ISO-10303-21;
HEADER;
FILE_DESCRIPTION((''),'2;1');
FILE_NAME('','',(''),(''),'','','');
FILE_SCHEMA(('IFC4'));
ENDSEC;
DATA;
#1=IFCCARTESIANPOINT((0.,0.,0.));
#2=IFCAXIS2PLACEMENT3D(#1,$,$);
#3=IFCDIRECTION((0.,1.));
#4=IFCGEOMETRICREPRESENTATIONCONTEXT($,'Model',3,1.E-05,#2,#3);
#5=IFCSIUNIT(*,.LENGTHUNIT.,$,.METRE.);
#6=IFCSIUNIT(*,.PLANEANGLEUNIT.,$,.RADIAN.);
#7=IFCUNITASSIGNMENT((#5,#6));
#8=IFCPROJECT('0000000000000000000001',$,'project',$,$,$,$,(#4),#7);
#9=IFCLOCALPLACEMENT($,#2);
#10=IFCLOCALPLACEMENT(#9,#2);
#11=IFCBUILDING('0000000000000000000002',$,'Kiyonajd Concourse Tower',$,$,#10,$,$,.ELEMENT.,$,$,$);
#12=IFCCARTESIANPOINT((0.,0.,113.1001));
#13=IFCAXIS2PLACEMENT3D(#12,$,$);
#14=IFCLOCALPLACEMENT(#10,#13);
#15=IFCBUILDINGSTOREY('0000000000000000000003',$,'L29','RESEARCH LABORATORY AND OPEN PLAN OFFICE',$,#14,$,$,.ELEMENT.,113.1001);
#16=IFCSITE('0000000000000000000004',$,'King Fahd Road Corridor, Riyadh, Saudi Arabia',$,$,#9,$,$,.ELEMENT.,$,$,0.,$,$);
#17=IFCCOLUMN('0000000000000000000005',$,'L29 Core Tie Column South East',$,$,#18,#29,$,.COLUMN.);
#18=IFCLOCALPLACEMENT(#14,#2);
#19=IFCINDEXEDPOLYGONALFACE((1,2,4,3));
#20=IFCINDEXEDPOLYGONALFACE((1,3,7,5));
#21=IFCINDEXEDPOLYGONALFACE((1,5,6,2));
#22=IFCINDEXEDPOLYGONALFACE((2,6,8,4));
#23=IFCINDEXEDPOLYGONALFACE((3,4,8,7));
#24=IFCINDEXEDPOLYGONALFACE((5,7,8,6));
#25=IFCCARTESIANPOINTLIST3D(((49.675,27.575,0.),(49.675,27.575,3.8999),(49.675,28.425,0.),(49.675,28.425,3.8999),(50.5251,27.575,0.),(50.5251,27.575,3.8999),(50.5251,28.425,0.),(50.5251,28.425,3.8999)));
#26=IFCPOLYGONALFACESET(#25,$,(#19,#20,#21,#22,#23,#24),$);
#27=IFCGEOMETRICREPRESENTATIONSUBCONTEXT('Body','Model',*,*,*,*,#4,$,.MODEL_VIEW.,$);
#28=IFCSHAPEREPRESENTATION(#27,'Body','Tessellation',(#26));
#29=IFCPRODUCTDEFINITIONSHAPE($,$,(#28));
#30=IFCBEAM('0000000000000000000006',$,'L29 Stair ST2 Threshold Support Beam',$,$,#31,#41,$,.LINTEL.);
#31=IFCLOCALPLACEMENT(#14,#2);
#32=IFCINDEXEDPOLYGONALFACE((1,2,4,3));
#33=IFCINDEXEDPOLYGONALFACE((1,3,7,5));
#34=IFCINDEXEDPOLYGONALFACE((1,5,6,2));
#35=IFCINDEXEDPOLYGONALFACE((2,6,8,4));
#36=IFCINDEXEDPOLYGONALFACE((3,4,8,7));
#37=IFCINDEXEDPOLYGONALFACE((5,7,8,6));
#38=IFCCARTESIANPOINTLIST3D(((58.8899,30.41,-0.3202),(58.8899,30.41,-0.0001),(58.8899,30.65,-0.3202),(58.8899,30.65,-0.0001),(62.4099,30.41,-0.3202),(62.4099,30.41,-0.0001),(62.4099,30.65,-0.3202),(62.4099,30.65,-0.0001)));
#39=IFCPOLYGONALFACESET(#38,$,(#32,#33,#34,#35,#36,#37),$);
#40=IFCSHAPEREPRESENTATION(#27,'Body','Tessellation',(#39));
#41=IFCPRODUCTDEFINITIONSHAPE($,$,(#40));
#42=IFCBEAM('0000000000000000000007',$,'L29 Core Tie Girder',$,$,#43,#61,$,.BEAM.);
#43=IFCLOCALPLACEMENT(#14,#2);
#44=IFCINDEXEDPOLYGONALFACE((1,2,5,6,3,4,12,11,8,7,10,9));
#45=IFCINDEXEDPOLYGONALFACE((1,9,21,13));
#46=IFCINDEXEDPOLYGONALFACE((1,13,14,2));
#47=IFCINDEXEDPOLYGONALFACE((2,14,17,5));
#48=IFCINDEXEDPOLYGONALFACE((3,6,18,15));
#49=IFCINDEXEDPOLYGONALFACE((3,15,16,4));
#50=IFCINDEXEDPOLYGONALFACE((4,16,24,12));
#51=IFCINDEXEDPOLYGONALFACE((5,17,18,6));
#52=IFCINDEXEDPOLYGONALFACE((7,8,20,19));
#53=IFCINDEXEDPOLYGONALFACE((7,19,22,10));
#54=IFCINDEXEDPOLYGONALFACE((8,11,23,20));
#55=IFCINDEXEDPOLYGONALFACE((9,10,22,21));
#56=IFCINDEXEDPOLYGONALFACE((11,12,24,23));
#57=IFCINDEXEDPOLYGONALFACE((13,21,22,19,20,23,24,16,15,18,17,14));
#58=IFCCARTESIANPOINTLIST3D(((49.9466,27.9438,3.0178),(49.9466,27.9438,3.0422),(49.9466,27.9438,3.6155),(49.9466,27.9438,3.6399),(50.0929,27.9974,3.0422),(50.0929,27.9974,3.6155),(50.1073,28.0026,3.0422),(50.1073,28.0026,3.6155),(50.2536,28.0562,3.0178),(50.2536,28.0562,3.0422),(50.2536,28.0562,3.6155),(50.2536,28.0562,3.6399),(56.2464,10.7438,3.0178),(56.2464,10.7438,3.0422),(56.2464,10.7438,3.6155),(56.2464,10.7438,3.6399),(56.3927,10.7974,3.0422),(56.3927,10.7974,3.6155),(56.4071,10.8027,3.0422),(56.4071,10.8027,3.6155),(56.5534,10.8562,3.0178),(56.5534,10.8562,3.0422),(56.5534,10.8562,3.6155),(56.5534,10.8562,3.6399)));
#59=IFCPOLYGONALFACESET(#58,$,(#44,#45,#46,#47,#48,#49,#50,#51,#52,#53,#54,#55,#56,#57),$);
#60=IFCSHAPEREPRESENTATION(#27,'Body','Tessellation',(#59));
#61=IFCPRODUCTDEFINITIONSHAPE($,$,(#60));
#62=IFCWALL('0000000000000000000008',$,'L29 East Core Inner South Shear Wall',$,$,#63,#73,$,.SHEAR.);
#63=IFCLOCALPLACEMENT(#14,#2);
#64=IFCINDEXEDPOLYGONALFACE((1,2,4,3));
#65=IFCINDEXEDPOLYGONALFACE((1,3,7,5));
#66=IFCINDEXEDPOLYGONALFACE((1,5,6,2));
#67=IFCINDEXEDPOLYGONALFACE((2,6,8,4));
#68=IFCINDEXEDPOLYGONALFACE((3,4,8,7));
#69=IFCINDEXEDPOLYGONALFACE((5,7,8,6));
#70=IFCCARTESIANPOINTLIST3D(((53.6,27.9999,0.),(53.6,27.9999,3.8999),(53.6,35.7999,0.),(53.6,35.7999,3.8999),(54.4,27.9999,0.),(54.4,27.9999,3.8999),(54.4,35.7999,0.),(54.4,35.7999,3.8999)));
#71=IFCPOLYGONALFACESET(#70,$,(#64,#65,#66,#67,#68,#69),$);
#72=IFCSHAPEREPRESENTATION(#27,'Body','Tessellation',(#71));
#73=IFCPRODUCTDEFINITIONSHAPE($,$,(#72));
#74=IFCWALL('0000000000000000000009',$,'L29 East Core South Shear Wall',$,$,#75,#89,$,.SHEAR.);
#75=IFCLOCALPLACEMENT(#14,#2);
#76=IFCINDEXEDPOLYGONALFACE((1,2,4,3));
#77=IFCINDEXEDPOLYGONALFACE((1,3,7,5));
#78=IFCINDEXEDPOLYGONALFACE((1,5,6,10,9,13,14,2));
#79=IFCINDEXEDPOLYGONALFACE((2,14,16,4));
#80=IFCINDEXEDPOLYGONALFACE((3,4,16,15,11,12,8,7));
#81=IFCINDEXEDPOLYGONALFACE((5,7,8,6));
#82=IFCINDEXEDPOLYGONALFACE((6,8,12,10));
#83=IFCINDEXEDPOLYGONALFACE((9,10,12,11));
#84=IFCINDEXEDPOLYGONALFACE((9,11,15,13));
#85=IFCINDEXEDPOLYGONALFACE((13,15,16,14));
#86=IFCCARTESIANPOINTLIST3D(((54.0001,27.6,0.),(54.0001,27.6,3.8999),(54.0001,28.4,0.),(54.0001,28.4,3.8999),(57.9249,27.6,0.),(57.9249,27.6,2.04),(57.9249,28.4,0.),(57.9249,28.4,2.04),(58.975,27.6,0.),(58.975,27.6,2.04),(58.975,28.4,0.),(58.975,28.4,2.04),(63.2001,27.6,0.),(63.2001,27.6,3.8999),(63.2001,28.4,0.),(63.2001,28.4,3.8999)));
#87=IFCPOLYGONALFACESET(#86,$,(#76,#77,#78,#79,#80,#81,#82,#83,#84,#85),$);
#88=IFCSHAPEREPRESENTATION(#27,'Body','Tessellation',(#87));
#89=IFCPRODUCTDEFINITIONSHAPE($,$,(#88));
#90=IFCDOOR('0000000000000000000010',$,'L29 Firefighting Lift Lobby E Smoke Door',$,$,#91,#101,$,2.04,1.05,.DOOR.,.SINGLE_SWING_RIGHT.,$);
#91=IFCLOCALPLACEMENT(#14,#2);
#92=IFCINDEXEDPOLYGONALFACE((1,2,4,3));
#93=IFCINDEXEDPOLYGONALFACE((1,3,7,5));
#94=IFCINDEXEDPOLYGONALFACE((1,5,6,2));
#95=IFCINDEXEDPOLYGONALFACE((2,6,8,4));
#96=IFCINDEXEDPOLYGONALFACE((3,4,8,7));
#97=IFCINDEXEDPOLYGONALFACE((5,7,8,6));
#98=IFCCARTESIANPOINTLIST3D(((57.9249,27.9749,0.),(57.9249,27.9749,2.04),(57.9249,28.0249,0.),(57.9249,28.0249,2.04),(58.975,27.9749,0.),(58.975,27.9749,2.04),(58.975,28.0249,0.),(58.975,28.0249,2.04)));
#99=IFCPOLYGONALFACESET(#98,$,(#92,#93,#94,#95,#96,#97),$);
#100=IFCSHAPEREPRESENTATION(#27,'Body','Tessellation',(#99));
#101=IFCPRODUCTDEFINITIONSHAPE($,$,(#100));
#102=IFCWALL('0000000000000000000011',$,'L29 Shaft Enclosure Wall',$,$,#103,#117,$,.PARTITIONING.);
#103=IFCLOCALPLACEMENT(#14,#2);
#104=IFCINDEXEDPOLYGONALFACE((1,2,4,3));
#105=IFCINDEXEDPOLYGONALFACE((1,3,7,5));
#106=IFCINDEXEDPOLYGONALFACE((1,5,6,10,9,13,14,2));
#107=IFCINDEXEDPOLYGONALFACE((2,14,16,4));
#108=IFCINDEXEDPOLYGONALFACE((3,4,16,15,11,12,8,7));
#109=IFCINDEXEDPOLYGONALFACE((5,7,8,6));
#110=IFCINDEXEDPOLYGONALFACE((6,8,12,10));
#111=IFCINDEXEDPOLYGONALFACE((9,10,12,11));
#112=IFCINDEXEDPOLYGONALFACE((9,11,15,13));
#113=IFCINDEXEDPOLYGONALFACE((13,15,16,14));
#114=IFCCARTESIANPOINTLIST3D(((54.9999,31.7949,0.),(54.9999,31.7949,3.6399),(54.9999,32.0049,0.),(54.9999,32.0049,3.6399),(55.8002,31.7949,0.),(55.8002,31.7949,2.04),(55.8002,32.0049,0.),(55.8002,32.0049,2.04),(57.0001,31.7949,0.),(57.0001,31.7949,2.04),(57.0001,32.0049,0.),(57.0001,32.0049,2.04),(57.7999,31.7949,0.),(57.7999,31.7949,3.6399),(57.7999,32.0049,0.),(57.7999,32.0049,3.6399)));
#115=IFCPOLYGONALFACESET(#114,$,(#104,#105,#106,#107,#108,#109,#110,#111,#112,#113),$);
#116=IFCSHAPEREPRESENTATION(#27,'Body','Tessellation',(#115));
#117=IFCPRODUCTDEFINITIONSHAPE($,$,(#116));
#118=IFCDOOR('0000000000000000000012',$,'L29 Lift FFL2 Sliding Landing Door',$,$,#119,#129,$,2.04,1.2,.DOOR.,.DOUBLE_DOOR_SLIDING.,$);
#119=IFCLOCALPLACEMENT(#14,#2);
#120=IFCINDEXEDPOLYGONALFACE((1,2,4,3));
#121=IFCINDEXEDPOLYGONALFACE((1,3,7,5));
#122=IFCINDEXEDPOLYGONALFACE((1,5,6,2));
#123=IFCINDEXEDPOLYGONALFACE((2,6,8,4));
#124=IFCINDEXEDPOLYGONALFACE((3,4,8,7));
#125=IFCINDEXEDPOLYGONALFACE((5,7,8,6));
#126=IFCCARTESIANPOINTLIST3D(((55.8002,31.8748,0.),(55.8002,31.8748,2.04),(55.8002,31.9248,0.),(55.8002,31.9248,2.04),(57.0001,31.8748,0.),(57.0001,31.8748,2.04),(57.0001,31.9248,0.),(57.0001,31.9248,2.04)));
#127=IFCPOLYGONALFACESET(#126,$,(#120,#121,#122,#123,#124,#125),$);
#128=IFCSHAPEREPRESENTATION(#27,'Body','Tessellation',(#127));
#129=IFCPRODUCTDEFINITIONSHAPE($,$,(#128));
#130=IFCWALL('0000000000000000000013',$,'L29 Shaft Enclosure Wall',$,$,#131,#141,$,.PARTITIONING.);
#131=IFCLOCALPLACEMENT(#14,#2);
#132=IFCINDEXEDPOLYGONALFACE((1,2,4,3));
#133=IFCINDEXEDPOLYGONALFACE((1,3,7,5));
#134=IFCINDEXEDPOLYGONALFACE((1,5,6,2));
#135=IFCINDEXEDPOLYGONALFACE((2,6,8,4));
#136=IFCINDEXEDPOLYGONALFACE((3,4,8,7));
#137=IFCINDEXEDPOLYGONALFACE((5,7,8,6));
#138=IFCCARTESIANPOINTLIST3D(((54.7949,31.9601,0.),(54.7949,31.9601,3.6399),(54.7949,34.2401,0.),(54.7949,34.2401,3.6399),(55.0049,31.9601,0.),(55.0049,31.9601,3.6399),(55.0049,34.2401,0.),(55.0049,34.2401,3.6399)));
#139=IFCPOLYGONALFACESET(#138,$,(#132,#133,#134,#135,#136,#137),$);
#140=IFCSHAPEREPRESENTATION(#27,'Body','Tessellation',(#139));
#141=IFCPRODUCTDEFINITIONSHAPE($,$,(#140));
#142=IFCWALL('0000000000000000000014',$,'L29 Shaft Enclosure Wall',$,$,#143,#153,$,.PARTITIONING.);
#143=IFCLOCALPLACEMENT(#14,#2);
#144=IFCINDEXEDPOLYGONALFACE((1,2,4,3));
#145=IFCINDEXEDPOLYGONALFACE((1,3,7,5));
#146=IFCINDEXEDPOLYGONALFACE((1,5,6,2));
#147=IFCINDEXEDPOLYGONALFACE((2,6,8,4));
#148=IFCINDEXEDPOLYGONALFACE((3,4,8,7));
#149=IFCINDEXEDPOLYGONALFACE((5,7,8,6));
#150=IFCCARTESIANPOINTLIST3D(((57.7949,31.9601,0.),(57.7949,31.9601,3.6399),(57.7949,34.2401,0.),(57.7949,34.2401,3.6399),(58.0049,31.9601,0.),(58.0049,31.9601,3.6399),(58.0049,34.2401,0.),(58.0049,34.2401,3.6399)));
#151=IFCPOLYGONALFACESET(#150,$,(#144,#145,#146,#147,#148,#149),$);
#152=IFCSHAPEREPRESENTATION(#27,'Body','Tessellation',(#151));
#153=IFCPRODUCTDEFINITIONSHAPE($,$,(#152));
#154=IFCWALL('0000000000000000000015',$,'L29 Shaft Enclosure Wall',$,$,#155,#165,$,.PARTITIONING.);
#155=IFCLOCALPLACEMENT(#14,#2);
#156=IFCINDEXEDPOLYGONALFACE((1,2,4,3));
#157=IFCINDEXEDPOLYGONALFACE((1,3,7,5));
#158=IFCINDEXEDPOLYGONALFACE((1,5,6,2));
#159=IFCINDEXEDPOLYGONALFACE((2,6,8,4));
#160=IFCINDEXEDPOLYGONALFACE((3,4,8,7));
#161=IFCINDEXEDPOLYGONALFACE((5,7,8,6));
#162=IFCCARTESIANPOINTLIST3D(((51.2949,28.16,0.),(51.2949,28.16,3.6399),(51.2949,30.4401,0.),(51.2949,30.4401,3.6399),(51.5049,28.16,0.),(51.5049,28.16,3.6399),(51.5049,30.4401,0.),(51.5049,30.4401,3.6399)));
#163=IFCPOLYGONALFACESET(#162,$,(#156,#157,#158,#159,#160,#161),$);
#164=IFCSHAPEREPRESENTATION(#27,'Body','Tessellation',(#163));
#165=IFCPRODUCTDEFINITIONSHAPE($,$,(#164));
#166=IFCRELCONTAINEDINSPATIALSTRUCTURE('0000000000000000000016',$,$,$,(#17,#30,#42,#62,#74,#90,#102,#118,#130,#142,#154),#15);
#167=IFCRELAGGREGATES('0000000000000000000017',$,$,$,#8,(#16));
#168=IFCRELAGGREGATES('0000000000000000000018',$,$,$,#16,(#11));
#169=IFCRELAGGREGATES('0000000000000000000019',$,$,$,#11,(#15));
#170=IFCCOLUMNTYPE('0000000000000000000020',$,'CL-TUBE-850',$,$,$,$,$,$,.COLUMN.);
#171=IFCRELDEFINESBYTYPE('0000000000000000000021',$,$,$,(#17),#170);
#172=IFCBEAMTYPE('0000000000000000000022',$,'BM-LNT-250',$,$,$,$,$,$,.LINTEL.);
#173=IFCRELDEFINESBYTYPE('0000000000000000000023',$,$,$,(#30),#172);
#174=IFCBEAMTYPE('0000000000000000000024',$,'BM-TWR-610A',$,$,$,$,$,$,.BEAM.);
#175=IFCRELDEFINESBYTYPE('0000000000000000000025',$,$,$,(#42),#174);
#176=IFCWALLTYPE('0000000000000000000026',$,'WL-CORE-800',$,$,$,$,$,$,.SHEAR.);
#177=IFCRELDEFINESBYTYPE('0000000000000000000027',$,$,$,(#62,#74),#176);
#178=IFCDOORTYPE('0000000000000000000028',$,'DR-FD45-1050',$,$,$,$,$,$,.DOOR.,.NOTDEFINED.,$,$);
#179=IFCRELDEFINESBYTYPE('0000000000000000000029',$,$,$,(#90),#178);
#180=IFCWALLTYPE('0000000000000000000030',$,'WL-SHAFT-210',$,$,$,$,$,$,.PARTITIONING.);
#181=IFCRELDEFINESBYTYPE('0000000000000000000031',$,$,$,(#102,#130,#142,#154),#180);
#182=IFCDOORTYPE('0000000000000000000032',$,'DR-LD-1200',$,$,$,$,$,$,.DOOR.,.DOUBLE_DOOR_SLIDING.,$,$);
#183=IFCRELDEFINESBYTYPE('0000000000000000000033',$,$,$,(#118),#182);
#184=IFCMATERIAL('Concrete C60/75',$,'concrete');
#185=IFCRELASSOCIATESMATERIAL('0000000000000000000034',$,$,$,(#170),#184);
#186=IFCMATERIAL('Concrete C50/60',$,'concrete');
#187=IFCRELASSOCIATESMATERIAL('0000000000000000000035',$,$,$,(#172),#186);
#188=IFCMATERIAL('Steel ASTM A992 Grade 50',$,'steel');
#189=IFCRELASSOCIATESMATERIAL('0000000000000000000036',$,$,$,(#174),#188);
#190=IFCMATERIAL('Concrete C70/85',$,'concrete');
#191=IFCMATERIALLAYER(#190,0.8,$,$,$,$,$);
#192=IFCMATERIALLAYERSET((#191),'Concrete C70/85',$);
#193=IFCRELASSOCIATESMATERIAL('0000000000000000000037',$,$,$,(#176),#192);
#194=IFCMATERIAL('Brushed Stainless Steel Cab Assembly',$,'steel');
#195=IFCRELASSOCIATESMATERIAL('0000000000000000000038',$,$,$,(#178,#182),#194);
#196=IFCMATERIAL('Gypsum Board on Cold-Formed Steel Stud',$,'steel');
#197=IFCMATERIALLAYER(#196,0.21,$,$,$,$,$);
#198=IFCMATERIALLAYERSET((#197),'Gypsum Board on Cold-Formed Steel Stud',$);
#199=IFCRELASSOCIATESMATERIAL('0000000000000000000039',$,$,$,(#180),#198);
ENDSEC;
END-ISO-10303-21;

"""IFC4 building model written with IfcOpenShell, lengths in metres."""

from ifc_helpers import new_model, si_unit, direction, frame, frame_2d, origin, origin_2d, place, context, subcontext, project, spatial, rectangle, i_section, extrude, material, layer, layer_set, material_profile, profile_set, type_object, element, fill, save


model = new_model("IFC4")

# Units and contexts
model_context = context("Model", 3, precision=1e-05, world=origin(), true_north=direction((0.0, 1.0)))
body_context = subcontext(model_context, "Body", "Model", "MODEL_VIEW")
ifc_project = project(units=[si_unit("LENGTHUNIT", "METRE"), si_unit("PLANEANGLEUNIT", "RADIAN")], contexts=[model_context])

# Site, building, storey
site_placement = place(None, origin())
site = spatial("IfcSite", under=ifc_project, at=site_placement, Name="King Fahd Road Corridor, Riyadh, Saudi Arabia", CompositionType="ELEMENT", RefElevation=0.0)
building_placement = place(site_placement, origin())
building = spatial("IfcBuilding", under=site, at=building_placement, Name="Kiyonajd Concourse Tower", CompositionType="ELEMENT")
storey_placement = place(building_placement, frame((0.0, 0.0, 113.1001)))
storey = spatial("IfcBuildingStorey", under=building, at=storey_placement, Name="L29", Description="RESEARCH LABORATORY AND OPEN PLAN OFFICE", CompositionType="ELEMENT", Elevation=113.1001)

# Column
ifc_material_1 = material(Name="Concrete C60/75", Category="concrete")
ifc_material_profile_1 = material_profile(ifc_material_1, rectangle(XDim=0.8501, YDim=0.8501, at=origin_2d()), Name="RC-850x850")
ifc_profile_set_1 = profile_set([ifc_material_profile_1], Name="Concrete C60/75")
column_type = type_object("IfcColumnType", Name="CL-TUBE-850", PredefinedType="COLUMN", material=ifc_profile_set_1)
column_placement = place(storey_placement, frame((50.1001, 28.0, 0.0), z_axis=(0.0, 0.0, 1.0), x_axis=(1.0, 0.0, 0.0)))
element("IfcColumn", 1, at=column_placement, inside=storey, type_object=column_type, Name="L29 Core Tie Column South East", PredefinedType="COLUMN", context=body_context, shape_type="SweptSolid", body=[
    extrude(rectangle(XDim=0.8501, YDim=0.8501, at=origin_2d()), origin(), (0.0, 0.0, 1.0), 3.8999),
])

# Beams
ifc_material_2 = material(Name="Concrete C50/60", Category="concrete")
ifc_material_profile_2 = material_profile(ifc_material_2, rectangle(XDim=0.24, YDim=0.3201, at=origin_2d()), Name="RCBM-240x320")
ifc_profile_set_2 = profile_set([ifc_material_profile_2], Name="Concrete C50/60")
beam_type_1 = type_object("IfcBeamType", Name="BM-LNT-250", PredefinedType="LINTEL", material=ifc_profile_set_2)
beam_1_placement = place(storey_placement, frame((58.8899, 30.53, -0.1602), z_axis=(1.0, 0.0, 0.0), x_axis=(0.0, 1.0, 0.0)))
element("IfcBeam", 2, at=beam_1_placement, inside=storey, type_object=beam_type_1, Name="L29 Stair ST2 Threshold Support Beam", PredefinedType="LINTEL", context=body_context, shape_type="SweptSolid", body=[
    extrude(rectangle(XDim=0.24, YDim=0.3201, at=origin_2d()), origin(), (0.0, 0.0, 1.0), 3.52),
])
ifc_material_3 = material(Name="Steel ASTM A992 Grade 50", Category="steel")
ifc_material_profile_3 = material_profile(ifc_material_3, i_section(OverallWidth=0.3269, OverallDepth=0.6221, WebThickness=0.0154, FlangeThickness=0.0244, at=origin_2d()), Name="W610X195")
ifc_profile_set_3 = profile_set([ifc_material_profile_3], Name="Steel ASTM A992 Grade 50")
beam_type_2 = type_object("IfcBeamType", Name="BM-TWR-610A", PredefinedType="BEAM", material=ifc_profile_set_3)
beam_2_placement = place(storey_placement, frame((50.1001, 28.0, 3.3289), z_axis=(0.343925, -0.938997, 0.0), x_axis=(0.938997, 0.343925, 0.0)))
element("IfcBeam", 3, at=beam_2_placement, inside=storey, type_object=beam_type_2, Name="L29 Core Tie Girder", PredefinedType="BEAM", context=body_context, shape_type="SweptSolid", body=[
    extrude(i_section(OverallWidth=0.3269, OverallDepth=0.6221, WebThickness=0.0154, FlangeThickness=0.0244, at=origin_2d()), origin(), (0.0, 0.0, 1.0), 18.3174),
])

# Wall
ifc_material_4 = material(Name="Concrete C70/85", Category="concrete")
ifc_layer_1 = layer(ifc_material_4, 0.8)
ifc_layer_set_1 = layer_set([ifc_layer_1], Name="Concrete C70/85")
wall_type_1 = type_object("IfcWallType", Name="WL-CORE-800", PredefinedType="SHEAR", material=ifc_layer_set_1)
wall_1_placement = place(storey_placement, frame((54.0, 28.0, 0.0), z_axis=(0.0, 0.0, 1.0), x_axis=(0.0, 1.0, 0.0)))
element("IfcWall", 4, at=wall_1_placement, inside=storey, type_object=wall_type_1, Name="L29 East Core Inner South Shear Wall", PredefinedType="SHEAR", context=body_context, shape_type="SweptSolid", body=[
    extrude(rectangle(XDim=7.8, YDim=0.8, at=frame_2d((3.8999, 0.0))), origin(), (0.0, 0.0, 1.0), 3.8999),
])

# Walls, openings, doors
wall_2_placement = place(storey_placement, frame((54.0, 28.0, 0.0), z_axis=(0.0, 0.0, 1.0), x_axis=(1.0, 0.0, 0.0)))
wall_2 = element("IfcWall", 5, at=wall_2_placement, inside=storey, type_object=wall_type_1, Name="L29 East Core South Shear Wall", PredefinedType="SHEAR", context=body_context, shape_type="SweptSolid", body=[
    extrude(rectangle(XDim=9.2, YDim=0.8, at=frame_2d((4.6001, 0.0))), origin(), (0.0, 0.0, 1.0), 3.8999),
])
opening_1_placement = place(wall_2_placement, frame((3.925, 0.0, 0.0)))
opening_1 = element("IfcOpeningElement", 6, at=opening_1_placement, cuts=wall_2, PredefinedType="OPENING", context=body_context, shape_type="SweptSolid", body=[
    extrude(rectangle(XDim=1.05, YDim=2.04, at=frame_2d((0.5249, 1.02))), frame((0.0, 0.4099, 0.0), z_axis=(0.0, -1.0, 0.0), x_axis=(1.0, 0.0, 0.0)), (0.0, 0.0, 1.0), 0.8201),
])
ifc_material_5 = material(Name="Brushed Stainless Steel Cab Assembly", Category="steel")
door_type_1 = type_object("IfcDoorType", Name="DR-FD45-1050", OperationType="NOTDEFINED", PredefinedType="DOOR", material=ifc_material_5)
door_1_placement = place(opening_1_placement, origin())
door_1 = element("IfcDoor", 7, at=door_1_placement, inside=storey, type_object=door_type_1, Name="L29 Firefighting Lift Lobby E Smoke Door", OperationType="SINGLE_SWING_RIGHT", OverallHeight=2.04, OverallWidth=1.05, PredefinedType="DOOR", context=body_context, shape_type="SweptSolid", body=[
    extrude(rectangle(XDim=1.05, YDim=2.04, at=frame_2d((0.5249, 1.02))), frame((0.0, 0.0249, 0.0), z_axis=(0.0, -1.0, 0.0), x_axis=(1.0, 0.0, 0.0)), (0.0, 0.0, 1.0), 0.05),
])
fill(opening_1, door_1)
ifc_material_6 = material(Name="Gypsum Board on Cold-Formed Steel Stud", Category="steel")
ifc_layer_2 = layer(ifc_material_6, 0.21)
ifc_layer_set_2 = layer_set([ifc_layer_2], Name="Gypsum Board on Cold-Formed Steel Stud")
wall_type_2 = type_object("IfcWallType", Name="WL-SHAFT-210", PredefinedType="PARTITIONING", material=ifc_layer_set_2)
wall_3_placement = place(storey_placement, frame((55.0, 31.8999, 0.0), z_axis=(0.0, 0.0, 1.0), x_axis=(1.0, 0.0, 0.0)))
wall_3 = element("IfcWall", 8, at=wall_3_placement, inside=storey, type_object=wall_type_2, Name="L29 Shaft Enclosure Wall", PredefinedType="PARTITIONING", context=body_context, shape_type="SweptSolid", body=[
    extrude(rectangle(XDim=2.8, YDim=0.21, at=frame_2d((1.3999, 0.0))), origin(), (0.0, 0.0, 1.0), 3.6399),
])
opening_2_placement = place(wall_3_placement, frame((0.8, 0.0, 0.0)))
opening_2 = element("IfcOpeningElement", 9, at=opening_2_placement, cuts=wall_3, PredefinedType="OPENING", context=body_context, shape_type="SweptSolid", body=[
    extrude(rectangle(XDim=1.2, YDim=2.04, at=frame_2d((0.6001, 1.02))), frame((0.0, 0.115, 0.0), z_axis=(0.0, -1.0, 0.0), x_axis=(1.0, 0.0, 0.0)), (0.0, 0.0, 1.0), 0.23),
])
door_type_2 = type_object("IfcDoorType", Name="DR-LD-1200", OperationType="DOUBLE_DOOR_SLIDING", PredefinedType="DOOR", material=ifc_material_5)
door_2_placement = place(opening_2_placement, origin())
door_2 = element("IfcDoor", 10, at=door_2_placement, inside=storey, type_object=door_type_2, Name="L29 Lift FFL2 Sliding Landing Door", OperationType="DOUBLE_DOOR_SLIDING", OverallHeight=2.04, OverallWidth=1.2, PredefinedType="DOOR", context=body_context, shape_type="SweptSolid", body=[
    extrude(rectangle(XDim=1.2, YDim=2.04, at=frame_2d((0.6001, 1.02))), frame((0.0, 0.0249, 0.0), z_axis=(0.0, -1.0, 0.0), x_axis=(1.0, 0.0, 0.0)), (0.0, 0.0, 1.0), 0.05),
])
fill(opening_2, door_2)

# Walls
for number, where, z_axis, x_axis, name in (
    (11, (54.8999, 31.96, 0.0), (0.0, 0.0, 1.0), (0.0, 1.0, 0.0), "L29 Shaft Enclosure Wall"),
    (12, (57.8999, 31.96, 0.0), (0.0, 0.0, 1.0), (0.0, 1.0, 0.0), "L29 Shaft Enclosure Wall"),
    (13, (51.3999, 28.1599, 0.0), (0.0, 0.0, 1.0), (0.0, 1.0, 0.0), "L29 Shaft Enclosure Wall"),
):
    element("IfcWall", number, at=place(storey_placement, frame(where, z_axis=z_axis, x_axis=x_axis)), inside=storey, type_object=wall_type_2, Name=name, PredefinedType="PARTITIONING", context=body_context, shape_type="SweptSolid", body=[
        extrude(rectangle(XDim=2.28, YDim=0.21, at=frame_2d((1.1401, 0.0))), origin(), (0.0, 0.0, 1.0), 3.6399),
    ])

save(model, "model.ifc")
